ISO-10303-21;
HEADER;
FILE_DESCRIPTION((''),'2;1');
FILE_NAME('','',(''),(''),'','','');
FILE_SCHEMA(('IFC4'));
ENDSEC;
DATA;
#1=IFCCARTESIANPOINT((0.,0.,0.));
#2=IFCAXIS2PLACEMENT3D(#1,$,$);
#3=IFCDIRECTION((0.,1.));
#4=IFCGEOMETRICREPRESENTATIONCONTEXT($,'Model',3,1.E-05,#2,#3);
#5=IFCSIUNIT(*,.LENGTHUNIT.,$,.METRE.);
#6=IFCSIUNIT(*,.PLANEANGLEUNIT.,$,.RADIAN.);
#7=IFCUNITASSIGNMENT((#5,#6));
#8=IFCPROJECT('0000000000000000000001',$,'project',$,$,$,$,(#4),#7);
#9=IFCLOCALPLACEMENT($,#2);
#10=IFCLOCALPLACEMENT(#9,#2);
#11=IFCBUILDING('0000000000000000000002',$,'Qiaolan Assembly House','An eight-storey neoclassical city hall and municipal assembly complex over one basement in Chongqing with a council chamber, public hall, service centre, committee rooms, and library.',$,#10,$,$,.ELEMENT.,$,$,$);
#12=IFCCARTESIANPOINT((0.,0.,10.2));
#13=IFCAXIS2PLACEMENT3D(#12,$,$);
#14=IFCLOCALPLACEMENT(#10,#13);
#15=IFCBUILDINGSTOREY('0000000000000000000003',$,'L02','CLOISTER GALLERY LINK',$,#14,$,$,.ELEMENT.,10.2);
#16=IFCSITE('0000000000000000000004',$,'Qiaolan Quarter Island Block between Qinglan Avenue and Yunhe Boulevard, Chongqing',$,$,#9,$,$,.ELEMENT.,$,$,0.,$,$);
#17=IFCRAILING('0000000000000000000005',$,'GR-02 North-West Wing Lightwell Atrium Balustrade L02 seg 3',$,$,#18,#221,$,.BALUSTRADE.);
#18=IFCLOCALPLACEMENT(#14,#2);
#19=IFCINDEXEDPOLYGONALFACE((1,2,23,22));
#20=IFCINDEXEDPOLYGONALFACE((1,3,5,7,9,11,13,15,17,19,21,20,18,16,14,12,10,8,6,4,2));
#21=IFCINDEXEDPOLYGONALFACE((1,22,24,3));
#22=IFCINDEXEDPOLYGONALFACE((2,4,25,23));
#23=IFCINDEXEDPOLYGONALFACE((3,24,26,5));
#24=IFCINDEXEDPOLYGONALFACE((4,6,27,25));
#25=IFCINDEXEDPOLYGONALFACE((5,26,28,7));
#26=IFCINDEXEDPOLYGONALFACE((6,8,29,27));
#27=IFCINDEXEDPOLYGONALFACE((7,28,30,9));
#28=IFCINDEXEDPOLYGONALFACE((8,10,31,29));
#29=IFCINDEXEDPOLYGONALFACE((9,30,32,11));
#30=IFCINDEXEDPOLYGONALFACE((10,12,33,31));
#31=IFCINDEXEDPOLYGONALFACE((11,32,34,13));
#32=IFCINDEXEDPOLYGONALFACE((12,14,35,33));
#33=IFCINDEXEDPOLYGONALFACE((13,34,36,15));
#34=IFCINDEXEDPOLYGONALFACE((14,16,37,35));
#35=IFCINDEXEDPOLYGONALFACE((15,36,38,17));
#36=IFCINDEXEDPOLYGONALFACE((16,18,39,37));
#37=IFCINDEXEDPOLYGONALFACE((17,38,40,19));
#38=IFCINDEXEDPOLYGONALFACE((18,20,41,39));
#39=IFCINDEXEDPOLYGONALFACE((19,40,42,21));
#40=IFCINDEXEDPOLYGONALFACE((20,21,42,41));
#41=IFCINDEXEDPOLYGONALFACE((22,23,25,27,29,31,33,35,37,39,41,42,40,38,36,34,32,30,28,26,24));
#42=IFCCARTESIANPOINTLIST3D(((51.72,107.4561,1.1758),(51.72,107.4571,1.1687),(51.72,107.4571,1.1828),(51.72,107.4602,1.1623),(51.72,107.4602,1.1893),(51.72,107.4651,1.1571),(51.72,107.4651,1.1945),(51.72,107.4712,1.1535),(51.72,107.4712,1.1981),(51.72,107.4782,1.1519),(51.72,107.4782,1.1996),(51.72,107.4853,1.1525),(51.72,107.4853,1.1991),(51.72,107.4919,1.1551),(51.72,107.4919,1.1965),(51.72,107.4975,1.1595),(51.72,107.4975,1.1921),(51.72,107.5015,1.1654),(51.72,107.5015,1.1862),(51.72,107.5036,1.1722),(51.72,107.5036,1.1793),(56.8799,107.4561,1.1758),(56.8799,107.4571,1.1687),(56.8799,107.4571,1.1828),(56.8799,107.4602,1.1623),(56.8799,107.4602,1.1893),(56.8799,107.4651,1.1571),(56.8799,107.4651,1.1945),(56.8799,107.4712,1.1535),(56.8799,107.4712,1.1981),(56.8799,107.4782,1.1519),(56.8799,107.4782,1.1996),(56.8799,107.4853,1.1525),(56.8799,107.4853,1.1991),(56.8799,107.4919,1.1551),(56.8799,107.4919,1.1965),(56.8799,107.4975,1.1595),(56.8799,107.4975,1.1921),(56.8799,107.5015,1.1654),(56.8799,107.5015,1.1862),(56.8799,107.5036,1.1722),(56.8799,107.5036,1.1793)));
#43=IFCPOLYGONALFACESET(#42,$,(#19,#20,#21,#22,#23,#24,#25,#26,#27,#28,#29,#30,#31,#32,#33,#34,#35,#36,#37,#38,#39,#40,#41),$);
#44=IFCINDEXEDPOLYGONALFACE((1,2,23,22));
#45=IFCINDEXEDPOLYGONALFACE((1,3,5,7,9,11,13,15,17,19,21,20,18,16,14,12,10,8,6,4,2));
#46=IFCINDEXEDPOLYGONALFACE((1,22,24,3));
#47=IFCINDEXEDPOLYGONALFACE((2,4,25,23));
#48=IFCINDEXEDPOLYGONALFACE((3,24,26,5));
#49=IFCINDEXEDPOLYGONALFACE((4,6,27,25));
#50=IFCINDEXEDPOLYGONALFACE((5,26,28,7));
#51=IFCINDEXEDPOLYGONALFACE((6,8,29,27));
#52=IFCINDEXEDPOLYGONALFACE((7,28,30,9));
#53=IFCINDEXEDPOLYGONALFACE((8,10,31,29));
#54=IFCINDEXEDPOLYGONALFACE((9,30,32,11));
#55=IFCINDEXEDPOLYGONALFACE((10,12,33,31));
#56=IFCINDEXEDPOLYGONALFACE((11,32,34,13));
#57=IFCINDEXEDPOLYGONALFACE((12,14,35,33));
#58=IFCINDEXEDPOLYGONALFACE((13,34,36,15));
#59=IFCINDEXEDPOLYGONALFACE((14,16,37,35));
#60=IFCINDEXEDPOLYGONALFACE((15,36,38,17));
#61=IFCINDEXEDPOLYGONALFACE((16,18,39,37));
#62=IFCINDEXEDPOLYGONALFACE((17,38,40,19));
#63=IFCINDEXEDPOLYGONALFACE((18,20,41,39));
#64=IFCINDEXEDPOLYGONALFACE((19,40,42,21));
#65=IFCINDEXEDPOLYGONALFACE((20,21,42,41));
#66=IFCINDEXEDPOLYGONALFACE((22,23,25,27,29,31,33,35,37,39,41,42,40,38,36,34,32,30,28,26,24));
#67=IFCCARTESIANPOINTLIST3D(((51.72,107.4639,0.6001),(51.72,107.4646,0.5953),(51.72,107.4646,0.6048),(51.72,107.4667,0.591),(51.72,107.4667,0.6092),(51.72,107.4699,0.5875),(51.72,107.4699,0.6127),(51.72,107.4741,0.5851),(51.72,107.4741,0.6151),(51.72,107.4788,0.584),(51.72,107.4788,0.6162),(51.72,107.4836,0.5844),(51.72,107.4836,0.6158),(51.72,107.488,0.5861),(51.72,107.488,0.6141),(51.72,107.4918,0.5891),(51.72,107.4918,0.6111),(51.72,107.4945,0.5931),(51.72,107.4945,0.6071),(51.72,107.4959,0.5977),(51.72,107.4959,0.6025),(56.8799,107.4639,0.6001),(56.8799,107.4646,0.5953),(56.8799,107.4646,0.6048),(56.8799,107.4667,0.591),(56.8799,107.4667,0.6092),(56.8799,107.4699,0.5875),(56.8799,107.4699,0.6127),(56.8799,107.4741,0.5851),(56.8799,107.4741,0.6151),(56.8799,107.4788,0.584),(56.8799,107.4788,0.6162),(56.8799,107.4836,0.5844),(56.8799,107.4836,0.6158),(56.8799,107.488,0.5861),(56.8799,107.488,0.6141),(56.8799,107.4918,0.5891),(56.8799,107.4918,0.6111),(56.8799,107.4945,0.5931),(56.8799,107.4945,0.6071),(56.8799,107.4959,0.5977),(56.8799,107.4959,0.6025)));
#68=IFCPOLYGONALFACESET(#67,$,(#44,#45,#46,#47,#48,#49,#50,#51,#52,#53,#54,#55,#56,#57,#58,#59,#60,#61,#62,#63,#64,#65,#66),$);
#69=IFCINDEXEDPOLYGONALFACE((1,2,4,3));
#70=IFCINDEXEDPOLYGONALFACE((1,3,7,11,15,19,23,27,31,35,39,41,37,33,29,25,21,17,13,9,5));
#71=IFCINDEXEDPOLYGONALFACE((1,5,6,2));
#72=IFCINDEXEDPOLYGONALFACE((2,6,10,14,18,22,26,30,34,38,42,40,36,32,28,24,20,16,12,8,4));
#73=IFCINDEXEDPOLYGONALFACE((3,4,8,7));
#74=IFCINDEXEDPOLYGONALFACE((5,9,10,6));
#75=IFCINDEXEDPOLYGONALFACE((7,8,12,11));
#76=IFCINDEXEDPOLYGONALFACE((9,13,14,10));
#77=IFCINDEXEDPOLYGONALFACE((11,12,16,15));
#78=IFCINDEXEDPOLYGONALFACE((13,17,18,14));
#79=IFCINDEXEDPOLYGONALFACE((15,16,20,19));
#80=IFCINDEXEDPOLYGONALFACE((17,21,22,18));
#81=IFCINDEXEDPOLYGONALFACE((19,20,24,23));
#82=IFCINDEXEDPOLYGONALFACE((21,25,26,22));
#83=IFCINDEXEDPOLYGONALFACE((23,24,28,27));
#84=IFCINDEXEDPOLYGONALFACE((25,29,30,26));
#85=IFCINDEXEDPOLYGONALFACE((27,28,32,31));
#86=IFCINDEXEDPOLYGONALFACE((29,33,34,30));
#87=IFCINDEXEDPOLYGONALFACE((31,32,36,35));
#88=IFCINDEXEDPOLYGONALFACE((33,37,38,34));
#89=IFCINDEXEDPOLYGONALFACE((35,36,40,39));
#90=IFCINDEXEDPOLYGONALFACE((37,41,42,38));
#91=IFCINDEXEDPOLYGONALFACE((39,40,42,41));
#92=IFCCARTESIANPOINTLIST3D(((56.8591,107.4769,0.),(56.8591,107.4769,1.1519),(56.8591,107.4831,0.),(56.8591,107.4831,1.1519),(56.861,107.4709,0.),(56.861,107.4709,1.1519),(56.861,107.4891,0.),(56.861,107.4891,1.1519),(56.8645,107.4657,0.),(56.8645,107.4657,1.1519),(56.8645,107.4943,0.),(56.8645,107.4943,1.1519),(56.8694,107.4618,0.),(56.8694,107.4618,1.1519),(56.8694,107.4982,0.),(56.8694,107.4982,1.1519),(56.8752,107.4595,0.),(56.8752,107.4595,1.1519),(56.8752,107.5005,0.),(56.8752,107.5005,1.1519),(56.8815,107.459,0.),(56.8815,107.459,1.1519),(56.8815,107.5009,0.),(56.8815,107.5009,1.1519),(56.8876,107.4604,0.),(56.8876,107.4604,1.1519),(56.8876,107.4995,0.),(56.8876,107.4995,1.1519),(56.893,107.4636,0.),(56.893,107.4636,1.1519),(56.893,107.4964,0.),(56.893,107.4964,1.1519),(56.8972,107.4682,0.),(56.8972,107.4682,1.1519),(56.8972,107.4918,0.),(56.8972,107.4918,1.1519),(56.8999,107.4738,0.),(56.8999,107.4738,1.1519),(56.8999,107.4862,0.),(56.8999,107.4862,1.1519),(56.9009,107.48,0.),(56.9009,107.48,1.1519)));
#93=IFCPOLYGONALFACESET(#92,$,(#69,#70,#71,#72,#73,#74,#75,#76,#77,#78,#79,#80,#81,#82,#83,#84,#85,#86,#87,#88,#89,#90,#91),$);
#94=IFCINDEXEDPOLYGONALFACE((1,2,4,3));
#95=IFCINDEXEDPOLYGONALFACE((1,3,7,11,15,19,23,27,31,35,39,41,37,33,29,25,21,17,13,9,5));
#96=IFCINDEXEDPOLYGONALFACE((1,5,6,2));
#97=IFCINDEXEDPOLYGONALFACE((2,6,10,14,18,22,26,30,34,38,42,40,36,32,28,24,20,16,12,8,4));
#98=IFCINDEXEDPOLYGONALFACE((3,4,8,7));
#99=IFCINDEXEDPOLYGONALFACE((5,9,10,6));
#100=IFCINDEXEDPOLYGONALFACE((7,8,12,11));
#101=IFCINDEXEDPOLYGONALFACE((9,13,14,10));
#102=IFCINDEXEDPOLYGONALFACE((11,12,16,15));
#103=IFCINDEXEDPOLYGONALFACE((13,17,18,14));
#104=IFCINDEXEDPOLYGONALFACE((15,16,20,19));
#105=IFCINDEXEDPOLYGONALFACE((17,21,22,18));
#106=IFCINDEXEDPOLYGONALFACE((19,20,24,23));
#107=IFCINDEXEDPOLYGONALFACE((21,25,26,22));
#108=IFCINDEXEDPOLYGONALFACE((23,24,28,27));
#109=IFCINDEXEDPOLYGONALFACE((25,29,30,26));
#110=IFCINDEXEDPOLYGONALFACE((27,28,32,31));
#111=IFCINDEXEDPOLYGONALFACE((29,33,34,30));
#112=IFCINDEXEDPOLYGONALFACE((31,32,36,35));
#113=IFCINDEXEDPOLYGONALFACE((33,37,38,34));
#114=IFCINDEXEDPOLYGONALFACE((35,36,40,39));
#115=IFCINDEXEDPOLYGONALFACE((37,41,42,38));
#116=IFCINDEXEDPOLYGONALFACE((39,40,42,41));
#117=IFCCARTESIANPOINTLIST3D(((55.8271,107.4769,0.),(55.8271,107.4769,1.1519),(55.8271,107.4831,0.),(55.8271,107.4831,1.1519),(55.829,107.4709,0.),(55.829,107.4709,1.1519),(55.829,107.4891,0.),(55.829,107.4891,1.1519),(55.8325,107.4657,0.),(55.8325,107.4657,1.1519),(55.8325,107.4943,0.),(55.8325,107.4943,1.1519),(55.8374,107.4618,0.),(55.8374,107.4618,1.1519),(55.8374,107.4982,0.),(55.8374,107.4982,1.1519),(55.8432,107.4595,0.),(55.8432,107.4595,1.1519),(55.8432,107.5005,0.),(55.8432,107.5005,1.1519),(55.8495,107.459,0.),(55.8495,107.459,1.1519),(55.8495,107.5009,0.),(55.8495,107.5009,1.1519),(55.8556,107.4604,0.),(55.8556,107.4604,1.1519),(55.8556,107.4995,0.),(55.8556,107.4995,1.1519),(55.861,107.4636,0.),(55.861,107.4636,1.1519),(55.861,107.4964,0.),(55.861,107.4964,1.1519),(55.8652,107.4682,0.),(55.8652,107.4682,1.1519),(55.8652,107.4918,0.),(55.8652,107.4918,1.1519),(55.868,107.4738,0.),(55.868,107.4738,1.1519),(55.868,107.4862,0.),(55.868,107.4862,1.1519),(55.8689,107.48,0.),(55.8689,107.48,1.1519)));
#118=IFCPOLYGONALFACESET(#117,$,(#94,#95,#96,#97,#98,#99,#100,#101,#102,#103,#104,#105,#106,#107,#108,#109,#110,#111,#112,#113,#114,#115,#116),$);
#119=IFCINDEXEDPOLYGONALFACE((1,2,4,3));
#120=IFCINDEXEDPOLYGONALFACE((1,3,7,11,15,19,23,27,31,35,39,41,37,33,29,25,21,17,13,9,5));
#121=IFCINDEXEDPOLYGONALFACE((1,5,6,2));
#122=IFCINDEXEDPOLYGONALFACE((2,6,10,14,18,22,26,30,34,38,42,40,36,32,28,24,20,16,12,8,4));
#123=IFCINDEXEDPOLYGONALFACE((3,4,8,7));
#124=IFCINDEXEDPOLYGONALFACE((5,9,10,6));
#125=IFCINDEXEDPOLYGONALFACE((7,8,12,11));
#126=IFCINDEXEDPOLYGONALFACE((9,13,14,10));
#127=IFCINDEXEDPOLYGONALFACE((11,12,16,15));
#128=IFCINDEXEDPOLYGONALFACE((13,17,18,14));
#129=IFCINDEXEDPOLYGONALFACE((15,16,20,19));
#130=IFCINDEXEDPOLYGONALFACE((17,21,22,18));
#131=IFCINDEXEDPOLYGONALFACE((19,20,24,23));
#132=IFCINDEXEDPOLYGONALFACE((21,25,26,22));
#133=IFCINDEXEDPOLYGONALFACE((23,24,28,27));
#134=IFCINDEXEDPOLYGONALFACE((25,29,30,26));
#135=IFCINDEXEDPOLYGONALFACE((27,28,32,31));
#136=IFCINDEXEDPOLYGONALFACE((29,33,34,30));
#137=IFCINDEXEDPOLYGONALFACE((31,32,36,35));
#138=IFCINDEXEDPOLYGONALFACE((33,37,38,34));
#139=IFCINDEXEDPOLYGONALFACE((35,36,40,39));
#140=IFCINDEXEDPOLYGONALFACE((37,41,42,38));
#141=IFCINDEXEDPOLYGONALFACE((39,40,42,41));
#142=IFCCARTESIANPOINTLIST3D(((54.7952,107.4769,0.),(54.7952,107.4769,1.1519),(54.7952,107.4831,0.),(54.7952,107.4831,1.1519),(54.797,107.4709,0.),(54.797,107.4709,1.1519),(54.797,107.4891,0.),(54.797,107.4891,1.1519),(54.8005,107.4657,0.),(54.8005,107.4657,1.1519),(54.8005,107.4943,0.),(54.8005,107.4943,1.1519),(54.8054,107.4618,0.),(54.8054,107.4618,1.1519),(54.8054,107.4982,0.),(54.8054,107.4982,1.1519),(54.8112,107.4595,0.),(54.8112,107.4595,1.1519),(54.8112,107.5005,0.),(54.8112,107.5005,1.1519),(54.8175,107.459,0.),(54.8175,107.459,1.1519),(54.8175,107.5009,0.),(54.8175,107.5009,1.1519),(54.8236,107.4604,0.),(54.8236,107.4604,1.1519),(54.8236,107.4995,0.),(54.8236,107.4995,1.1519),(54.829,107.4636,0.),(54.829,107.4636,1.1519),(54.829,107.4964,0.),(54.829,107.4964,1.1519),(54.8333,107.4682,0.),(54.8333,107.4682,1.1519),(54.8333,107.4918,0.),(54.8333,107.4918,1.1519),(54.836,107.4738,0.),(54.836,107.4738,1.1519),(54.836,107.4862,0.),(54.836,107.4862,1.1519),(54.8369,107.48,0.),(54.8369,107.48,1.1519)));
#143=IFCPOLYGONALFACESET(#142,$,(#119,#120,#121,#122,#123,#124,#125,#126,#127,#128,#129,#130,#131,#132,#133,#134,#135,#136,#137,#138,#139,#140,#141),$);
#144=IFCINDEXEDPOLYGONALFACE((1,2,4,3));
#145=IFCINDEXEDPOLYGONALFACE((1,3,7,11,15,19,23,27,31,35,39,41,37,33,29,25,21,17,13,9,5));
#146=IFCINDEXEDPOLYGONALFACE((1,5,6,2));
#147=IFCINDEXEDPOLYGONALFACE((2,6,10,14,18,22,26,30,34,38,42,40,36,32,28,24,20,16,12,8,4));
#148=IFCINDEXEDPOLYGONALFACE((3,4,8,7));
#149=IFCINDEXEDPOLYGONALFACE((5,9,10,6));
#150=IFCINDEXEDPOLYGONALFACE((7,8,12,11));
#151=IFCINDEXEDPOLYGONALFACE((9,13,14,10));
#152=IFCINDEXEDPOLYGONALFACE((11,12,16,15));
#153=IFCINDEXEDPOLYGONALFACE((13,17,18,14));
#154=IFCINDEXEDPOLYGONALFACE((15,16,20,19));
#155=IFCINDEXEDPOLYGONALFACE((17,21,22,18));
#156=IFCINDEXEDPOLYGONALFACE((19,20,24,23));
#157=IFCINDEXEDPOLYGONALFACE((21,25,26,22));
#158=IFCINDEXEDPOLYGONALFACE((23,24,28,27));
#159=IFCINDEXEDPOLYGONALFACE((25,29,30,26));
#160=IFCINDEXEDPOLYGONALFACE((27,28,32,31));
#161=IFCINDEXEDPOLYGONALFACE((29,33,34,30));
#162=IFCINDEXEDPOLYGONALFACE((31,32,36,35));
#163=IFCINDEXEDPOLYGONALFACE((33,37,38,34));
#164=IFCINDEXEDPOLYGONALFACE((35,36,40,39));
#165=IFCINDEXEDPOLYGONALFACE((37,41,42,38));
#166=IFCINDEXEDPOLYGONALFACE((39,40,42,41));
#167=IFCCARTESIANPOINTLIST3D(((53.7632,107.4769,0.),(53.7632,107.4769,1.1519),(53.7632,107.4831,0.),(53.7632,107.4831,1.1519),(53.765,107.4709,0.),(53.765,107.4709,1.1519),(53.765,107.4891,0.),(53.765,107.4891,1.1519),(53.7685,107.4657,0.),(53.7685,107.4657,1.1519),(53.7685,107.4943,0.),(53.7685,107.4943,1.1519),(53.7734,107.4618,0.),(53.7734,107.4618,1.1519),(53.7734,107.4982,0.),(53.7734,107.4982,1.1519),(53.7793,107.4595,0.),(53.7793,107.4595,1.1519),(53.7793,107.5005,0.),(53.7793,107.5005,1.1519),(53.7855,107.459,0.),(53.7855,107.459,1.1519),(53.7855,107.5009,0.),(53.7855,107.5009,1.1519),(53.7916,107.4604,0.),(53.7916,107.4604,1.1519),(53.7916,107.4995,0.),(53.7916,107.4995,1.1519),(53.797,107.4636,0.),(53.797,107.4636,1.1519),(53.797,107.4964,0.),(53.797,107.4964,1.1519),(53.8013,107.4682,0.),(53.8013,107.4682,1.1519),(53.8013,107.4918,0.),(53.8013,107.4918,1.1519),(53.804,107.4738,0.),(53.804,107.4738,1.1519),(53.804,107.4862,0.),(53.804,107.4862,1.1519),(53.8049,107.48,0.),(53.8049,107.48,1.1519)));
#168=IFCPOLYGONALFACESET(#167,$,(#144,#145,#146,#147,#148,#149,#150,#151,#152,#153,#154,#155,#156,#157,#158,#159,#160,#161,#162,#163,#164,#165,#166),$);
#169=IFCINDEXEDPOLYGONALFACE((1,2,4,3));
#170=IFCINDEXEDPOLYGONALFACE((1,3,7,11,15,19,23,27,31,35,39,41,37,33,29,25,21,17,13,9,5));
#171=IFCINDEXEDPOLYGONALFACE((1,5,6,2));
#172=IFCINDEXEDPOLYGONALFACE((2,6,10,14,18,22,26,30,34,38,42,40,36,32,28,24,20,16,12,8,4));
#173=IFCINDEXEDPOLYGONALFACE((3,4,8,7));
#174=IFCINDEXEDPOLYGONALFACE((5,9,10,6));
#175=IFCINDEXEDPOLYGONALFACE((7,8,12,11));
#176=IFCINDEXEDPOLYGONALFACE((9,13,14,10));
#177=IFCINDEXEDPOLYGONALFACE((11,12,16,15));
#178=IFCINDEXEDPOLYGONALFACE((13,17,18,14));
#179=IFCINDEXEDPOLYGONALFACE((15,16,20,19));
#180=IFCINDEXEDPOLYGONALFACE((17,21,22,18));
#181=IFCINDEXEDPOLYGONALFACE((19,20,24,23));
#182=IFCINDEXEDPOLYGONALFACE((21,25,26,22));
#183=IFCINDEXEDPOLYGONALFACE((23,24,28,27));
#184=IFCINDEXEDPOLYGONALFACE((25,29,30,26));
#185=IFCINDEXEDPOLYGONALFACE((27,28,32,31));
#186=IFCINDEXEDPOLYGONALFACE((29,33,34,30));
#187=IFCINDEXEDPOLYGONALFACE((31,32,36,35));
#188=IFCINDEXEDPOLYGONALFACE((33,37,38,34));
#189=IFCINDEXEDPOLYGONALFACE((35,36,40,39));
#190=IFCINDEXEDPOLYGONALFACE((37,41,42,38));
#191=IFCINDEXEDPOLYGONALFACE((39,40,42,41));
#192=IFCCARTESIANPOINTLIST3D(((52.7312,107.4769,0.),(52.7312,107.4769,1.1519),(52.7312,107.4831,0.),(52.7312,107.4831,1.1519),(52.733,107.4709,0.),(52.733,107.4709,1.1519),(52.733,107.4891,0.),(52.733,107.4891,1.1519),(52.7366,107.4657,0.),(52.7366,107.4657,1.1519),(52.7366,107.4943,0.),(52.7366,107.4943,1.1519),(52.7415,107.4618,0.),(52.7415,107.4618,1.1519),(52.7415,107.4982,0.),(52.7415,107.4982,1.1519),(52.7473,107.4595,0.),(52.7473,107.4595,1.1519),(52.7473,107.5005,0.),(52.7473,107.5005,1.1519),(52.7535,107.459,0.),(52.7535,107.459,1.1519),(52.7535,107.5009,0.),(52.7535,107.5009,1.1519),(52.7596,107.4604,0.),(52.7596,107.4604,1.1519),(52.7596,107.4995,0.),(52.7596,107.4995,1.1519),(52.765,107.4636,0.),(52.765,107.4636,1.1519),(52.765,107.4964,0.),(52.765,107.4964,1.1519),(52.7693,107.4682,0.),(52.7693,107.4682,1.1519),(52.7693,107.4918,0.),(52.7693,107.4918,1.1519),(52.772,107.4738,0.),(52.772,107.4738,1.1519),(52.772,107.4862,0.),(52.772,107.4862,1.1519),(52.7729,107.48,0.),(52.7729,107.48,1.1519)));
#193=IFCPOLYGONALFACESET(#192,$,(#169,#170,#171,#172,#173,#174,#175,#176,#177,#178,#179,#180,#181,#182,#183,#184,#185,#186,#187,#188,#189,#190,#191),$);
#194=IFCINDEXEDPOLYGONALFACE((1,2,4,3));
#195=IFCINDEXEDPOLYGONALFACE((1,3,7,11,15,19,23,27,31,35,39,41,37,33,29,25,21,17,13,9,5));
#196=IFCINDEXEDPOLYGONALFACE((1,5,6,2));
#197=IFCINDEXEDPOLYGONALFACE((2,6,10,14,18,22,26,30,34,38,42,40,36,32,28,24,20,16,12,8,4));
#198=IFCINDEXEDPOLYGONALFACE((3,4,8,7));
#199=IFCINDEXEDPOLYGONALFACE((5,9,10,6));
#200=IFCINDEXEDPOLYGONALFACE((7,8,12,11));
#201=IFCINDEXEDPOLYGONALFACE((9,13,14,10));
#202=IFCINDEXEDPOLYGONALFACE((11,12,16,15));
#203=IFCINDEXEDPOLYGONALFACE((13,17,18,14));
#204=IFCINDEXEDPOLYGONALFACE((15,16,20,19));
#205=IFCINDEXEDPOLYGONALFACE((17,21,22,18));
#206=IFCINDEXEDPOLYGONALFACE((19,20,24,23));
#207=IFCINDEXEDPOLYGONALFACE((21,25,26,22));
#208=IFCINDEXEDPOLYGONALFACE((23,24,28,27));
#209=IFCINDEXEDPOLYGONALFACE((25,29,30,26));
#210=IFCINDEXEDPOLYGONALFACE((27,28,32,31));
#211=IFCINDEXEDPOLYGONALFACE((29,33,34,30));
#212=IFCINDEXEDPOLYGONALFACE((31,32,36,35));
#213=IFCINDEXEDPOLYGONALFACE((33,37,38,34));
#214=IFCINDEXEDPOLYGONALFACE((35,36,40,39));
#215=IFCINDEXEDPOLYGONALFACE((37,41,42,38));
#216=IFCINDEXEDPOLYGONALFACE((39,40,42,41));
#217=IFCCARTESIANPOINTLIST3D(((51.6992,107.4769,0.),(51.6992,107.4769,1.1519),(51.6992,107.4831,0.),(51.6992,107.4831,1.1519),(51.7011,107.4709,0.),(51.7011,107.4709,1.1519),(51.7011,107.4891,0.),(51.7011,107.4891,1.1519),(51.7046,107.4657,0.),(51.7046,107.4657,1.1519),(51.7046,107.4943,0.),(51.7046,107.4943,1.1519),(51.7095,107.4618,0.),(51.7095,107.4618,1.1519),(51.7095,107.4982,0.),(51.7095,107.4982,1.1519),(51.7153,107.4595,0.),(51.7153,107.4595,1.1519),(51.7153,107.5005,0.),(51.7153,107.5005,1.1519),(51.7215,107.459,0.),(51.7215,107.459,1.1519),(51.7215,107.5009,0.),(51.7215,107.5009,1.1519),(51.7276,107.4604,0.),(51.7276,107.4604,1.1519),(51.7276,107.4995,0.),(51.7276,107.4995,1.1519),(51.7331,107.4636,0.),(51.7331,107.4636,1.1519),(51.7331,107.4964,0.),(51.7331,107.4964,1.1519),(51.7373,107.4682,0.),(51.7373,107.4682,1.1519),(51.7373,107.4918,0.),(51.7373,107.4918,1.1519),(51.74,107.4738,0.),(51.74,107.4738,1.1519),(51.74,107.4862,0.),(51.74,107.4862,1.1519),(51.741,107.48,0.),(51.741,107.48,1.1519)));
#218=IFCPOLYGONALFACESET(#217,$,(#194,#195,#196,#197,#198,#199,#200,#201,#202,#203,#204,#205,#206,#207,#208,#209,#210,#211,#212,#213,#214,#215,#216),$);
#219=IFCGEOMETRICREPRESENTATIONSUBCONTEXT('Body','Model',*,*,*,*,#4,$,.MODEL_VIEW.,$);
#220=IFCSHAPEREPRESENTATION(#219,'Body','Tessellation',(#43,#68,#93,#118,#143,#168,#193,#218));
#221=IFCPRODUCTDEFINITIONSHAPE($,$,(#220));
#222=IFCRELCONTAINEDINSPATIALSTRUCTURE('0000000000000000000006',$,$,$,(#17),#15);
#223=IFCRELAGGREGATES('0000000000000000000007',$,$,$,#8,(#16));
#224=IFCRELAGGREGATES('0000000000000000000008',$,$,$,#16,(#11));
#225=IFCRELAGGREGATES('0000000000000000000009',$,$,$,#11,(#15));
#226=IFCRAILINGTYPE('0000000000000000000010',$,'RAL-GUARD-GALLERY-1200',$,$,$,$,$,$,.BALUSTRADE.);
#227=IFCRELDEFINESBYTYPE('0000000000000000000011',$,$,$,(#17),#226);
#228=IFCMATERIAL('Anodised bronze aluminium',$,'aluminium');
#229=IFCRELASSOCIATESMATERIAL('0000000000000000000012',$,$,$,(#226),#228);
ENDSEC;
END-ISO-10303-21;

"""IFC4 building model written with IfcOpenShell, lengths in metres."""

from ifc_helpers import new_model, si_unit, direction, frame, origin, origin_2d, place, context, subcontext, project, spatial, circle, extrude, material, type_object, element, save


model = new_model("IFC4")

# Units and contexts
model_context = context("Model", 3, precision=1e-05, world=origin(), true_north=direction((0.0, 1.0)))
body_context = subcontext(model_context, "Body", "Model", "MODEL_VIEW")
ifc_project = project(units=[si_unit("LENGTHUNIT", "METRE"), si_unit("PLANEANGLEUNIT", "RADIAN")], contexts=[model_context])

# Site, building, storey
site_placement = place(None, origin())
site = spatial("IfcSite", under=ifc_project, at=site_placement, Name="Qiaolan Quarter Island Block between Qinglan Avenue and Yunhe Boulevard, Chongqing", CompositionType="ELEMENT", RefElevation=0.0)
building_placement = place(site_placement, origin())
building = spatial("IfcBuilding", under=site, at=building_placement, Name="Qiaolan Assembly House", Description="An eight-storey neoclassical city hall and municipal assembly complex over one basement in Chongqing with a council chamber, public hall, service centre, committee rooms, and library.", CompositionType="ELEMENT")
storey_placement = place(building_placement, frame((0.0, 0.0, 10.2)))
storey = spatial("IfcBuildingStorey", under=building, at=storey_placement, Name="L02", Description="CLOISTER GALLERY LINK", CompositionType="ELEMENT", Elevation=10.2)

# Railing
ifc_material_1 = material(Name="Anodised bronze aluminium", Category="aluminium")
railing_type = type_object("IfcRailingType", Name="RAL-GUARD-GALLERY-1200", PredefinedType="BALUSTRADE", material=ifc_material_1)
railing_1_placement = place(storey_placement, frame((56.8799, 107.48, 0.0)))
element("IfcRailing", 1, at=railing_1_placement, inside=storey, type_object=railing_type, Name="GR-02 North-West Wing Lightwell Atrium Balustrade L02 seg 3", PredefinedType="BALUSTRADE", context=body_context, shape_type="SweptSolid", body=[
    extrude(circle(Radius=0.0239, at=origin_2d()), frame((0.0, 0.0, 1.1758), z_axis=(-1.0, 0.0, 0.0), x_axis=(0.0, -1.0, 0.0)), (0.0, 0.0, 1.0), 5.1599),
    extrude(circle(Radius=0.0161, at=origin_2d()), frame((0.0, 0.0, 0.6001), z_axis=(-1.0, 0.0, 0.0), x_axis=(0.0, -1.0, 0.0)), (0.0, 0.0, 1.0), 5.1599),
    extrude(circle(Radius=0.021, at=origin_2d()), origin(), (0.0, 0.0, 1.0), 1.1519),
    extrude(circle(Radius=0.021, at=origin_2d()), frame((-1.032, 0.0, 0.0)), (0.0, 0.0, 1.0), 1.1519),
    extrude(circle(Radius=0.021, at=origin_2d()), frame((-2.064, 0.0, 0.0)), (0.0, 0.0, 1.0), 1.1519),
    extrude(circle(Radius=0.021, at=origin_2d()), frame((-3.0959, 0.0, 0.0)), (0.0, 0.0, 1.0), 1.1519),
    extrude(circle(Radius=0.021, at=origin_2d()), frame((-4.1279, 0.0, 0.0)), (0.0, 0.0, 1.0), 1.1519),
    extrude(circle(Radius=0.021, at=origin_2d()), frame((-5.1599, 0.0, 0.0)), (0.0, 0.0, 1.0), 1.1519),
])

save(model, "model.ifc")
